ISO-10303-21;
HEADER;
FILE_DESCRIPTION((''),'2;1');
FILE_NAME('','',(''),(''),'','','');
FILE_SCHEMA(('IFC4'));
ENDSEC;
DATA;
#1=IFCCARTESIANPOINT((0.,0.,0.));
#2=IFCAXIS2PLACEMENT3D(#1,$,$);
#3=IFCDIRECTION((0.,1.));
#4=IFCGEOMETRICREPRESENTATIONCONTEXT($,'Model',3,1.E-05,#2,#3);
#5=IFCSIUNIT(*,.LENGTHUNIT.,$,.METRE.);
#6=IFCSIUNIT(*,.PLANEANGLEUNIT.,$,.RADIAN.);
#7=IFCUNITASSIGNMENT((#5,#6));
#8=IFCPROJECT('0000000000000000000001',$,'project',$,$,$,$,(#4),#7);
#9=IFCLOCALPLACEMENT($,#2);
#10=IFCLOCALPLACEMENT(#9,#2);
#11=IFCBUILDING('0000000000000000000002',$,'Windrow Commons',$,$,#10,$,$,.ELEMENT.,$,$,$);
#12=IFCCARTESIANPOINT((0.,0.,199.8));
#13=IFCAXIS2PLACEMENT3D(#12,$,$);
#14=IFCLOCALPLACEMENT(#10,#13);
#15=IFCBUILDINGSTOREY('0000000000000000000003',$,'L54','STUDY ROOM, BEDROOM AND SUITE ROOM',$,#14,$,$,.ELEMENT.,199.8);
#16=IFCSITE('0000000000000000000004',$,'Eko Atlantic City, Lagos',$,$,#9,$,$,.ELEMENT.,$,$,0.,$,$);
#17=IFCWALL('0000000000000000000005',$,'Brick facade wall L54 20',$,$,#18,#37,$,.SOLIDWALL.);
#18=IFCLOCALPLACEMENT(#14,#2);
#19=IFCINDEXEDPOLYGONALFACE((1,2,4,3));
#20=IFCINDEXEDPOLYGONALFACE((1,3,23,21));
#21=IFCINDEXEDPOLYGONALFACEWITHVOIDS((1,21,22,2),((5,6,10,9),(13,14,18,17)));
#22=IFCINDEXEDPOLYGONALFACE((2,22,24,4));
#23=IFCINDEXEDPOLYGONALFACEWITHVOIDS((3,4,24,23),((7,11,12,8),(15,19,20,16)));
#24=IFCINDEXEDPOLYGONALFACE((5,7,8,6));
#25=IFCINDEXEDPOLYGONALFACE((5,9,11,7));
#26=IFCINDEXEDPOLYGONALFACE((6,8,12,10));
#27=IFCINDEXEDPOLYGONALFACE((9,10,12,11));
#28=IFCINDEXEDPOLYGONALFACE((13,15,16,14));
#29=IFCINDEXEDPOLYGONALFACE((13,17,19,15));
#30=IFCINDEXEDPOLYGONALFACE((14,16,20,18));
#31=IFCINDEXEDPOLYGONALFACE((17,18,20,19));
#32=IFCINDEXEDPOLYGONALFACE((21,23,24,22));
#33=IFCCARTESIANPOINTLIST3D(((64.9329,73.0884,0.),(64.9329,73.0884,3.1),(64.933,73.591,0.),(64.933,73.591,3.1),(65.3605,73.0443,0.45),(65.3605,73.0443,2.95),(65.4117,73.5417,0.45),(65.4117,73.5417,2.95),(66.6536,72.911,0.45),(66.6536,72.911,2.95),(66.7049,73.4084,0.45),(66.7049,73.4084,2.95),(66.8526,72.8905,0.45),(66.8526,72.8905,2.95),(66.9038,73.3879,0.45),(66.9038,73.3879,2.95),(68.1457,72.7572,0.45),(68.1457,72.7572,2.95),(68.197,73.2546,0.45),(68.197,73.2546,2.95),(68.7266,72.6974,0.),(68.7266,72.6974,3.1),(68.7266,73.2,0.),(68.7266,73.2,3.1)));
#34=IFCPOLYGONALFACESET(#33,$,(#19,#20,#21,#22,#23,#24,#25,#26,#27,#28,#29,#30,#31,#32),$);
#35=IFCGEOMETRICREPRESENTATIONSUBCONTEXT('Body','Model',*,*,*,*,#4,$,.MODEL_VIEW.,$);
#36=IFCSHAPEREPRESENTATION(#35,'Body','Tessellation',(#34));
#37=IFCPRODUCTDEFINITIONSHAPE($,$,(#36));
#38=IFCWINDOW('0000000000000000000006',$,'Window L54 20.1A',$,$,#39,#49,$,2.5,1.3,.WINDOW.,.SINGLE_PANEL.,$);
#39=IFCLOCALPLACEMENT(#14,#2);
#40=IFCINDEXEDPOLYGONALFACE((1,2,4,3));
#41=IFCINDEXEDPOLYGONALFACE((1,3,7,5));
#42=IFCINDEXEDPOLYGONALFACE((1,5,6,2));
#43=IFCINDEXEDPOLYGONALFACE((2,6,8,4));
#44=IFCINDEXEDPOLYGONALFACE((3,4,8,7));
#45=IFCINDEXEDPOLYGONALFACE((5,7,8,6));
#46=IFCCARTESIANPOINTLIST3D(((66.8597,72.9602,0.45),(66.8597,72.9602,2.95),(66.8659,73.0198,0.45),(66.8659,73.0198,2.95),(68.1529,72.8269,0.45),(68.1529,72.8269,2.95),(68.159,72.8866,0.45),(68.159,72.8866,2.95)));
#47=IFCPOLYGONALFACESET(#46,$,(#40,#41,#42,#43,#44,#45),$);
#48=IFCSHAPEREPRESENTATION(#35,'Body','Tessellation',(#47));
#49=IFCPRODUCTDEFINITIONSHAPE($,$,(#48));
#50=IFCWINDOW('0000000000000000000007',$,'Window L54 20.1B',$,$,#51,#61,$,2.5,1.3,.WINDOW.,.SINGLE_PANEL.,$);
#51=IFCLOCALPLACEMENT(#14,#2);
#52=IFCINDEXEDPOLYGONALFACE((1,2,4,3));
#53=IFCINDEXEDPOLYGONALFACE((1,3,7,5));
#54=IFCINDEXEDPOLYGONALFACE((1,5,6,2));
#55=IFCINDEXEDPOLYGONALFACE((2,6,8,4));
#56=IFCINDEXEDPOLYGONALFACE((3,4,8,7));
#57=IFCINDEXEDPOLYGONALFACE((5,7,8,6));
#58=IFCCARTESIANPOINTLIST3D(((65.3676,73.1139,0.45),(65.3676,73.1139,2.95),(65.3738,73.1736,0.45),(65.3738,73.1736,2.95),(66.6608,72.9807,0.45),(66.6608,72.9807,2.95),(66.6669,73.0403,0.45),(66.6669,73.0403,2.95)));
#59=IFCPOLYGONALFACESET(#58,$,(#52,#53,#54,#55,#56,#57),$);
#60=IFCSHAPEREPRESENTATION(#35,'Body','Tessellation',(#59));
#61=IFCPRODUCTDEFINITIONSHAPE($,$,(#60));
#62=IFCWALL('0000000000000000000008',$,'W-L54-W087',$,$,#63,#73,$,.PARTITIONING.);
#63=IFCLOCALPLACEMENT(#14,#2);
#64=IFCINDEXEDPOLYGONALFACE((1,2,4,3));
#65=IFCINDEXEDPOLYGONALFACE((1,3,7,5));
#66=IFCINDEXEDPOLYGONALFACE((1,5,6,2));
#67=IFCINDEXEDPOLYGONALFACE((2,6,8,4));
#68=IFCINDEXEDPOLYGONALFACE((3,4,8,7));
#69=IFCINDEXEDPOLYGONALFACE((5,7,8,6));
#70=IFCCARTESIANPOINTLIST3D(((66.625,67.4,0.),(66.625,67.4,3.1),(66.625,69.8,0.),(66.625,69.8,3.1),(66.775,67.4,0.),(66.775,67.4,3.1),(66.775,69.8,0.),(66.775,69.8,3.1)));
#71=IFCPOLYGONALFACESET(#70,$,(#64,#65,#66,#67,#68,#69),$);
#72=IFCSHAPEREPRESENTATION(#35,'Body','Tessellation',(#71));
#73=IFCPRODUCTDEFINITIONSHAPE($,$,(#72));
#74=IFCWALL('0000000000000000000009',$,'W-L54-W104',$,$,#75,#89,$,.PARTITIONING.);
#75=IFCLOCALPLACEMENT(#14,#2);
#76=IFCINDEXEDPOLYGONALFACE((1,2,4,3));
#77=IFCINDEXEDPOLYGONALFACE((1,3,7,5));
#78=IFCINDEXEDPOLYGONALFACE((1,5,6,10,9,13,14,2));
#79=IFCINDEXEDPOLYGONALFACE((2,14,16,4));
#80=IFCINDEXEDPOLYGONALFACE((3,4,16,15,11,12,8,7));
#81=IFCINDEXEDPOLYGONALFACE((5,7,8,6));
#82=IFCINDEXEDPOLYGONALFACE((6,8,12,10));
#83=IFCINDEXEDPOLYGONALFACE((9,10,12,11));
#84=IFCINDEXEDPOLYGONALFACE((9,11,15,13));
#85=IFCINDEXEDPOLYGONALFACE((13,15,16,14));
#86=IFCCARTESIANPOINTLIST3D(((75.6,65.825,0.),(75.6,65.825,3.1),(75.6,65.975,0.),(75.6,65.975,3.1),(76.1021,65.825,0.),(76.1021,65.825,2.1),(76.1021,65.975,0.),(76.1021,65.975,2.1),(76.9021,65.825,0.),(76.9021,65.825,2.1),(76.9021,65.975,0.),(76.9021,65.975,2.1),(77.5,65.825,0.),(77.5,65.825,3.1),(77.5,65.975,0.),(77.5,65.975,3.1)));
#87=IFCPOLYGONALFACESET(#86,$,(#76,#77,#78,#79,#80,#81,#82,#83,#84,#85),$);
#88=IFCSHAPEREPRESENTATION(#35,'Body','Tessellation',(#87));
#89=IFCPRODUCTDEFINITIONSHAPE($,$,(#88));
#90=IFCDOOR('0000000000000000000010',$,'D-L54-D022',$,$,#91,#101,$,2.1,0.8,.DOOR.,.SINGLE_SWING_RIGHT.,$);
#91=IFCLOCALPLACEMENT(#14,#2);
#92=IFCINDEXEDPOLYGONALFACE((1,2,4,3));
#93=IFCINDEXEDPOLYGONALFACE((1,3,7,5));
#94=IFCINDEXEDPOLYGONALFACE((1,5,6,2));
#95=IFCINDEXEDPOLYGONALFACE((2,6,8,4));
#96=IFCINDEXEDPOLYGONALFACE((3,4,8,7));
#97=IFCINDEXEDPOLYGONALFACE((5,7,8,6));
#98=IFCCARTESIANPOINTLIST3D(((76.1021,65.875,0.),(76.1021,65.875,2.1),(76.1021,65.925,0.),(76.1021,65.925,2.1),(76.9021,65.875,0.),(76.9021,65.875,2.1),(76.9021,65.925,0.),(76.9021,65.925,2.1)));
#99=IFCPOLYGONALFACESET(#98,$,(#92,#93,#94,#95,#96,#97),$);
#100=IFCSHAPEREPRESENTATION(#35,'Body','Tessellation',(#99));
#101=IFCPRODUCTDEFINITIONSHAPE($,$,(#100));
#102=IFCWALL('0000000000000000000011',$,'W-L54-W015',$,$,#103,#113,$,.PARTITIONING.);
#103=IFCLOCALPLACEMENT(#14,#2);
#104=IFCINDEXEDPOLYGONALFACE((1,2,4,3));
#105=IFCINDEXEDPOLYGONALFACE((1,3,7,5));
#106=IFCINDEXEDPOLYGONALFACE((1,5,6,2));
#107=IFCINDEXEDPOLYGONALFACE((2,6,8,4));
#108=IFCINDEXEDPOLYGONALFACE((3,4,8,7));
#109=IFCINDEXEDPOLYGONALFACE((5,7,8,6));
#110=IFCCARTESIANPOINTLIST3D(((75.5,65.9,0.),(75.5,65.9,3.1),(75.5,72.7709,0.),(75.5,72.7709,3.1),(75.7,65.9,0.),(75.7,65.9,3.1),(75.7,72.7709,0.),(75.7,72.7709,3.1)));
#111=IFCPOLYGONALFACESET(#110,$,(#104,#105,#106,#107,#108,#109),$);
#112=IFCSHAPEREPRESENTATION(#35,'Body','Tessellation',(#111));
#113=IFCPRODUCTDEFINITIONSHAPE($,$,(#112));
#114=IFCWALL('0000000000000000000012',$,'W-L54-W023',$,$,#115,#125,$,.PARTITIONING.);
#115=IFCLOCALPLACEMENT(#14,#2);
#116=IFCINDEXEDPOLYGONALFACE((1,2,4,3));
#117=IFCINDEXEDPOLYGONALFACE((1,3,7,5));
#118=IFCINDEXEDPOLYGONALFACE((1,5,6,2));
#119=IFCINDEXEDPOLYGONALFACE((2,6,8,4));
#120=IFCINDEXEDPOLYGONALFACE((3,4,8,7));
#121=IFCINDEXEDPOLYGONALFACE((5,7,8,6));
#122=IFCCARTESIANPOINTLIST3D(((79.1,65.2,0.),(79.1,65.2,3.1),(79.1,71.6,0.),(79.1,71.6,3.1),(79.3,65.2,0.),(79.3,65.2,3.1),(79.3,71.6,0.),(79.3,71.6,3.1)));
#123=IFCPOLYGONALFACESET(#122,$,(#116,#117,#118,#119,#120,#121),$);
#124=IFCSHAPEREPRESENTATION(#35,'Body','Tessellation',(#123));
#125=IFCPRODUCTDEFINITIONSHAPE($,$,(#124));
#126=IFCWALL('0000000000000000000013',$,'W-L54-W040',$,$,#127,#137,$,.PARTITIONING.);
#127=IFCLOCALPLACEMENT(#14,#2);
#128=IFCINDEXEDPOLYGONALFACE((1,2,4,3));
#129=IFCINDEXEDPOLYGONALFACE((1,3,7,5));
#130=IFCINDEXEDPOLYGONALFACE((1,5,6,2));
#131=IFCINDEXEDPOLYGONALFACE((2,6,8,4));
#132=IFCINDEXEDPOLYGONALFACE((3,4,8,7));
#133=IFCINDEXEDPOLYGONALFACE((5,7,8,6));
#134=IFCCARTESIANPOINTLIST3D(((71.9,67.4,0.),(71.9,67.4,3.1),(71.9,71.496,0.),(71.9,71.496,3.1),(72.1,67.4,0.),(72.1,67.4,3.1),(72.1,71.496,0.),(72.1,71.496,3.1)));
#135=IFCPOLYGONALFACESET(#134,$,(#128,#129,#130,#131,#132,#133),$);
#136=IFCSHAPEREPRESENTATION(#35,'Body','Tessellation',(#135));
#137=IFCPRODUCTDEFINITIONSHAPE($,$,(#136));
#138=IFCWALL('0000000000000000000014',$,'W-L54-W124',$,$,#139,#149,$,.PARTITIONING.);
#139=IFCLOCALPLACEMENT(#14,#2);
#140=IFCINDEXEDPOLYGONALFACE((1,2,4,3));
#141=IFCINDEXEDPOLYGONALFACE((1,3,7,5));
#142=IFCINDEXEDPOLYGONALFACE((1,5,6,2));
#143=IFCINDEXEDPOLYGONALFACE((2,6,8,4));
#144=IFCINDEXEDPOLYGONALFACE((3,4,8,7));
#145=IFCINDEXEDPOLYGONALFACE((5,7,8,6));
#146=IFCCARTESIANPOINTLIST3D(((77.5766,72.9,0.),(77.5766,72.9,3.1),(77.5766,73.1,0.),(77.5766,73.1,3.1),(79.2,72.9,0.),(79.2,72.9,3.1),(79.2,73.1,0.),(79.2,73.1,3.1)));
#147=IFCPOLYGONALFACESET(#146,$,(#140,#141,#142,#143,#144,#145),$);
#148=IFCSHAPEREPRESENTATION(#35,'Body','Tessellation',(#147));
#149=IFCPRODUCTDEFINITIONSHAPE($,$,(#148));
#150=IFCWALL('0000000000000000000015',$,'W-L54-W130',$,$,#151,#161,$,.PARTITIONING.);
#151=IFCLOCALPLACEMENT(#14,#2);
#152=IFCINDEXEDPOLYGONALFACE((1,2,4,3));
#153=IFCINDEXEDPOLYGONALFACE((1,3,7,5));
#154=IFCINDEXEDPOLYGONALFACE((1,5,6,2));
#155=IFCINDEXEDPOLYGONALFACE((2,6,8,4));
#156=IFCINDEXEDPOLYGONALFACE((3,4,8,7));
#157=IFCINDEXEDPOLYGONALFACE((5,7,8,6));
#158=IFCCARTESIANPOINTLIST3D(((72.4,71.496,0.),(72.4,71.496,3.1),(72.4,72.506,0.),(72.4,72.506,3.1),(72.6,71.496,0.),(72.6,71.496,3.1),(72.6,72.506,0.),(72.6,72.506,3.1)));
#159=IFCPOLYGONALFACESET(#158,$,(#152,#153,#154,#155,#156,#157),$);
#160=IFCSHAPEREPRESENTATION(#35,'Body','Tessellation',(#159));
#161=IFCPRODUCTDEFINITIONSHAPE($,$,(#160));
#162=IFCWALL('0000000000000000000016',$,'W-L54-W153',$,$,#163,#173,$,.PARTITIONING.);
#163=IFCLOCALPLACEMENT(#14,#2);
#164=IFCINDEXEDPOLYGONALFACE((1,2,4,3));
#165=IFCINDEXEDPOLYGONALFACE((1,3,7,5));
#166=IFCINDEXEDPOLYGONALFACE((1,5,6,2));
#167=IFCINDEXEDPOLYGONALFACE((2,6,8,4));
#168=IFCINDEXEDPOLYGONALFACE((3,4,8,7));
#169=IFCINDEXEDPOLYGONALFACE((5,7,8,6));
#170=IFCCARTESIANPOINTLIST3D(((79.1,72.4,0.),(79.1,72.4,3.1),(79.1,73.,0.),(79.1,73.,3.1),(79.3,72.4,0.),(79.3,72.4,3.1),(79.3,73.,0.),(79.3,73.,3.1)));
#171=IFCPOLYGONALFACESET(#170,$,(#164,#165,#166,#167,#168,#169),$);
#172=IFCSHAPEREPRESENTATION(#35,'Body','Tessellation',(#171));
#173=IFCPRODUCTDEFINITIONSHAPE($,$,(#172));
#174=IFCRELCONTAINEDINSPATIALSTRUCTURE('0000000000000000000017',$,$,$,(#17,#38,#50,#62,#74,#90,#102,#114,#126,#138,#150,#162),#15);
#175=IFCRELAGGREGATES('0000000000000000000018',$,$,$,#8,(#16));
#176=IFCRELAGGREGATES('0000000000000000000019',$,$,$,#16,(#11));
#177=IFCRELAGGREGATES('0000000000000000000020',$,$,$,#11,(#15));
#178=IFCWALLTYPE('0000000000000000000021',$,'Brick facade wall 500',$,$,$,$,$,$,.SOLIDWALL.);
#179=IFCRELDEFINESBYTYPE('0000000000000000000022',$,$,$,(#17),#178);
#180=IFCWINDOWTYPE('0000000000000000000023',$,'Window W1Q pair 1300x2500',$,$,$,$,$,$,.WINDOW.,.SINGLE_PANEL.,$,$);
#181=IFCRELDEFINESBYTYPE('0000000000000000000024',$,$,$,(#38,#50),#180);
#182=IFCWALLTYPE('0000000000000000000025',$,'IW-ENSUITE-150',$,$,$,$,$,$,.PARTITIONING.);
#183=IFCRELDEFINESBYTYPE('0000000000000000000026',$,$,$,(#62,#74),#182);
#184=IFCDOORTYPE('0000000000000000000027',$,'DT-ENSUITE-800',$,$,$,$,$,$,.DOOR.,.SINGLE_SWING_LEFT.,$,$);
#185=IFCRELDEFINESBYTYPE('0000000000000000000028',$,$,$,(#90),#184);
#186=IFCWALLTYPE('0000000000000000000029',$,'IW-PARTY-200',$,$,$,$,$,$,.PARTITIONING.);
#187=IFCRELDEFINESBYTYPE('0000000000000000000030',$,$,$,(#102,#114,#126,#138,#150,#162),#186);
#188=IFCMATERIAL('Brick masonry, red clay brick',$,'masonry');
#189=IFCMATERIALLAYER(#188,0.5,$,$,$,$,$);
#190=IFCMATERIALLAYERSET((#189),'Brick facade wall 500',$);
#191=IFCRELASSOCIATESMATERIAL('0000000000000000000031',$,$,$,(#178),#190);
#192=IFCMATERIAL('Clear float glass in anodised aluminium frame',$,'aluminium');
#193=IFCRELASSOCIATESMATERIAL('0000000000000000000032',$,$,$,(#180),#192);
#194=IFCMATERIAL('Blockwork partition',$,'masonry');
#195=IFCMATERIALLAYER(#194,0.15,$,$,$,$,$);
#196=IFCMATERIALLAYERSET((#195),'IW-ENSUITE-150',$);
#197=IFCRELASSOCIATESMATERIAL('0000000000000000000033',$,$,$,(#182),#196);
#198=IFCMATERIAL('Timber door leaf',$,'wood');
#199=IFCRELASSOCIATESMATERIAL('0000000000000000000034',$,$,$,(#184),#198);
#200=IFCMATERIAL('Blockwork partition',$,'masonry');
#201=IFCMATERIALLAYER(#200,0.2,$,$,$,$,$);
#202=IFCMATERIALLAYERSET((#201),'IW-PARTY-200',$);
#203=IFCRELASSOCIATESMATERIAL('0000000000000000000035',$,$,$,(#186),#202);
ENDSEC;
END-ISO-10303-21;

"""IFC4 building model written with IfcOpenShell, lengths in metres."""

from ifc_helpers import new_model, si_unit, direction, frame, frame_2d, origin, place, context, subcontext, project, spatial, polyline, rectangle, outline, extrude, material, layer, layer_set, type_object, element, fill, save


model = new_model("IFC4")

# Units and contexts
model_context = context("Model", 3, precision=1e-05, world=origin(), true_north=direction((0.0, 1.0)))
body_context = subcontext(model_context, "Body", "Model", "MODEL_VIEW")
ifc_project = project(units=[si_unit("LENGTHUNIT", "METRE"), si_unit("PLANEANGLEUNIT", "RADIAN")], contexts=[model_context])

# Site, building, storey
site_placement = place(None, origin())
site = spatial("IfcSite", under=ifc_project, at=site_placement, Name="Eko Atlantic City, Lagos", CompositionType="ELEMENT", RefElevation=0.0)
building_placement = place(site_placement, origin())
building = spatial("IfcBuilding", under=site, at=building_placement, Name="Windrow Commons", CompositionType="ELEMENT")
storey_placement = place(building_placement, frame((0.0, 0.0, 199.8)))
storey = spatial("IfcBuildingStorey", under=building, at=storey_placement, Name="L54", Description="STUDY ROOM, BEDROOM AND SUITE ROOM", CompositionType="ELEMENT", Elevation=199.8)

# Shared definitions
ifc_material_1 = material(Name="Brick masonry, red clay brick", Category="masonry")
ifc_layer_1 = layer(ifc_material_1, 0.5)
ifc_layer_set_1 = layer_set([ifc_layer_1], Name="Brick facade wall 500")
wall_type_1 = type_object("IfcWallType", Name="Brick facade wall 500", PredefinedType="SOLIDWALL", material=ifc_layer_set_1)

# Wall, openings, windows
ifc_material_2 = material(Name="Clear float glass in anodised aluminium frame", Category="aluminium")
window_type_1 = type_object("IfcWindowType", Name="Window W1Q pair 1300x2500", PartitioningType="SINGLE_PANEL", PredefinedType="WINDOW", material=ifc_material_2)
wall_1_placement = place(storey_placement, frame((68.7266, 72.9487, 0.0), z_axis=(0.0, 0.0, 1.0), x_axis=(-0.994731, 0.102523, 0.0)))
wall_1 = element("IfcWall", 1, at=wall_1_placement, inside=storey, type_object=wall_type_1, Name="Brick facade wall L54 20", PredefinedType="SOLIDWALL", context=body_context, shape_type="SweptSolid", body=[
    extrude(outline(polyline([(0.0258, -0.25), (3.8395, -0.25), (3.788, 0.25), (-0.0258, 0.25), (0.0258, -0.25)])), origin(), (0.0, 0.0, 1.0), 3.1),
])
opening_1_placement = place(wall_1_placement, frame((0.5582, 0.0, 0.45)))
opening_1 = element("IfcOpeningElement", 2, at=opening_1_placement, cuts=wall_1, PredefinedType="OPENING", context=body_context, shape_type="SweptSolid", body=[
    extrude(rectangle(XDim=1.3, YDim=2.5, at=frame_2d((0.65, 1.25))), frame((0.0, 0.26, 0.0), z_axis=(0.0, -1.0, 0.0), x_axis=(1.0, 0.0, 0.0)), (0.0, 0.0, 1.0), 0.52),
])
opening_2_placement = place(wall_1_placement, frame((2.0582, 0.0, 0.45)))
opening_2 = element("IfcOpeningElement", 3, at=opening_2_placement, cuts=wall_1, PredefinedType="OPENING", context=body_context, shape_type="SweptSolid", body=[
    extrude(rectangle(XDim=1.3, YDim=2.5, at=frame_2d((0.65, 1.25))), frame((0.0, 0.26, 0.0), z_axis=(0.0, -1.0, 0.0), x_axis=(1.0, 0.0, 0.0)), (0.0, 0.0, 1.0), 0.52),
])
window_1_placement = place(opening_1_placement, origin())
window_1 = element("IfcWindow", 4, at=window_1_placement, inside=storey, type_object=window_type_1, Name="Window L54 20.1A", OverallHeight=2.5, OverallWidth=1.3, PartitioningType="SINGLE_PANEL", PredefinedType="WINDOW", context=body_context, shape_type="SweptSolid", body=[
    extrude(rectangle(XDim=1.3, YDim=2.5, at=frame_2d((0.65, 1.25))), frame((0.0, 0.18, 0.0), z_axis=(0.0, -1.0, 0.0), x_axis=(1.0, 0.0, 0.0)), (0.0, 0.0, 1.0), 0.06),
])
fill(opening_1, window_1)
window_2_placement = place(opening_2_placement, origin())
window_2 = element("IfcWindow", 5, at=window_2_placement, inside=storey, type_object=window_type_1, Name="Window L54 20.1B", OverallHeight=2.5, OverallWidth=1.3, PartitioningType="SINGLE_PANEL", PredefinedType="WINDOW", context=body_context, shape_type="SweptSolid", body=[
    extrude(rectangle(XDim=1.3, YDim=2.5, at=frame_2d((0.65, 1.25))), frame((0.0, 0.18, 0.0), z_axis=(0.0, -1.0, 0.0), x_axis=(1.0, 0.0, 0.0)), (0.0, 0.0, 1.0), 0.06),
])
fill(opening_2, window_2)

# Wall
ifc_material_3 = material(Name="Blockwork partition", Category="masonry")
ifc_layer_2 = layer(ifc_material_3, 0.15)
ifc_layer_set_2 = layer_set([ifc_layer_2], Name="IW-ENSUITE-150")
wall_type_2 = type_object("IfcWallType", Name="IW-ENSUITE-150", PredefinedType="PARTITIONING", material=ifc_layer_set_2)
wall_2_placement = place(storey_placement, frame((66.7, 67.4, 0.0), z_axis=(0.0, 0.0, 1.0), x_axis=(0.0, 1.0, 0.0)))
element("IfcWall", 6, at=wall_2_placement, inside=storey, type_object=wall_type_2, Name="W-L54-W087", PredefinedType="PARTITIONING", context=body_context, shape_type="SweptSolid", body=[
    extrude(rectangle(XDim=2.4, YDim=0.15, at=frame_2d((1.2, 0.0))), origin(), (0.0, 0.0, 1.0), 3.1),
])

# Wall, opening, door
wall_3_placement = place(storey_placement, frame((75.6, 65.9, 0.0), z_axis=(0.0, 0.0, 1.0), x_axis=(1.0, 0.0, 0.0)))
wall_3 = element("IfcWall", 7, at=wall_3_placement, inside=storey, type_object=wall_type_2, Name="W-L54-W104", PredefinedType="PARTITIONING", context=body_context, shape_type="SweptSolid", body=[
    extrude(rectangle(XDim=1.9, YDim=0.15, at=frame_2d((0.95, 0.0))), origin(), (0.0, 0.0, 1.0), 3.1),
])
opening_3_placement = place(wall_3_placement, frame((0.5021, 0.0, 0.0)))
opening_3 = element("IfcOpeningElement", 8, at=opening_3_placement, cuts=wall_3, PredefinedType="OPENING", context=body_context, shape_type="SweptSolid", body=[
    extrude(rectangle(XDim=0.8, YDim=2.1, at=frame_2d((0.4, 1.05))), frame((0.0, 0.085, 0.0), z_axis=(0.0, -1.0, 0.0), x_axis=(1.0, 0.0, 0.0)), (0.0, 0.0, 1.0), 0.17),
])
ifc_material_4 = material(Name="Timber door leaf", Category="wood")
door_type = type_object("IfcDoorType", Name="DT-ENSUITE-800", OperationType="SINGLE_SWING_LEFT", PredefinedType="DOOR", material=ifc_material_4)
door_placement = place(opening_3_placement, origin())
door = element("IfcDoor", 9, at=door_placement, inside=storey, type_object=door_type, Name="D-L54-D022", OperationType="SINGLE_SWING_RIGHT", OverallHeight=2.1, OverallWidth=0.8, PredefinedType="DOOR", context=body_context, shape_type="SweptSolid", body=[
    extrude(rectangle(XDim=0.8, YDim=2.1, at=frame_2d((0.4, 1.05))), frame((0.0, 0.025, 0.0), z_axis=(0.0, -1.0, 0.0), x_axis=(1.0, 0.0, 0.0)), (0.0, 0.0, 1.0), 0.05),
])
fill(opening_3, door)

# Walls
ifc_material_5 = material(Name="Blockwork partition", Category="masonry")
ifc_layer_3 = layer(ifc_material_5, 0.2)
ifc_layer_set_3 = layer_set([ifc_layer_3], Name="IW-PARTY-200")
wall_type_3 = type_object("IfcWallType", Name="IW-PARTY-200", PredefinedType="PARTITIONING", material=ifc_layer_set_3)
wall_4_placement = place(storey_placement, frame((75.6, 65.9, 0.0), z_axis=(0.0, 0.0, 1.0), x_axis=(0.0, 1.0, 0.0)))
element("IfcWall", 10, at=wall_4_placement, inside=storey, type_object=wall_type_3, Name="W-L54-W015", PredefinedType="PARTITIONING", context=body_context, shape_type="SweptSolid", body=[
    extrude(rectangle(XDim=6.8709, YDim=0.2, at=frame_2d((3.4354, 0.0))), origin(), (0.0, 0.0, 1.0), 3.1),
])
wall_5_placement = place(storey_placement, frame((79.2, 65.2, 0.0), z_axis=(0.0, 0.0, 1.0), x_axis=(0.0, 1.0, 0.0)))
element("IfcWall", 11, at=wall_5_placement, inside=storey, type_object=wall_type_3, Name="W-L54-W023", PredefinedType="PARTITIONING", context=body_context, shape_type="SweptSolid", body=[
    extrude(rectangle(XDim=6.4, YDim=0.2, at=frame_2d((3.2, 0.0))), origin(), (0.0, 0.0, 1.0), 3.1),
])
wall_6_placement = place(storey_placement, frame((72.0, 67.4, 0.0), z_axis=(0.0, 0.0, 1.0), x_axis=(0.0, 1.0, 0.0)))
element("IfcWall", 12, at=wall_6_placement, inside=storey, type_object=wall_type_3, Name="W-L54-W040", PredefinedType="PARTITIONING", context=body_context, shape_type="SweptSolid", body=[
    extrude(rectangle(XDim=4.096, YDim=0.2, at=frame_2d((2.048, 0.0))), origin(), (0.0, 0.0, 1.0), 3.1),
])
wall_7_placement = place(storey_placement, frame((77.5766, 73.0, 0.0), z_axis=(0.0, 0.0, 1.0), x_axis=(1.0, 0.0, 0.0)))
element("IfcWall", 13, at=wall_7_placement, inside=storey, type_object=wall_type_3, Name="W-L54-W124", PredefinedType="PARTITIONING", context=body_context, shape_type="SweptSolid", body=[
    extrude(rectangle(XDim=1.6234, YDim=0.2, at=frame_2d((0.8117, 0.0))), origin(), (0.0, 0.0, 1.0), 3.1),
])
wall_8_placement = place(storey_placement, frame((72.5, 71.496, 0.0), z_axis=(0.0, 0.0, 1.0), x_axis=(0.0, 1.0, 0.0)))
element("IfcWall", 14, at=wall_8_placement, inside=storey, type_object=wall_type_3, Name="W-L54-W130", PredefinedType="PARTITIONING", context=body_context, shape_type="SweptSolid", body=[
    extrude(rectangle(XDim=1.01, YDim=0.2, at=frame_2d((0.505, 0.0))), origin(), (0.0, 0.0, 1.0), 3.1),
])
wall_9_placement = place(storey_placement, frame((79.2, 72.4, 0.0), z_axis=(0.0, 0.0, 1.0), x_axis=(0.0, 1.0, 0.0)))
element("IfcWall", 15, at=wall_9_placement, inside=storey, type_object=wall_type_3, Name="W-L54-W153", PredefinedType="PARTITIONING", context=body_context, shape_type="SweptSolid", body=[
    extrude(rectangle(XDim=0.6, YDim=0.2, at=frame_2d((0.3, 0.0))), origin(), (0.0, 0.0, 1.0), 3.1),
])

save(model, "model.ifc")
